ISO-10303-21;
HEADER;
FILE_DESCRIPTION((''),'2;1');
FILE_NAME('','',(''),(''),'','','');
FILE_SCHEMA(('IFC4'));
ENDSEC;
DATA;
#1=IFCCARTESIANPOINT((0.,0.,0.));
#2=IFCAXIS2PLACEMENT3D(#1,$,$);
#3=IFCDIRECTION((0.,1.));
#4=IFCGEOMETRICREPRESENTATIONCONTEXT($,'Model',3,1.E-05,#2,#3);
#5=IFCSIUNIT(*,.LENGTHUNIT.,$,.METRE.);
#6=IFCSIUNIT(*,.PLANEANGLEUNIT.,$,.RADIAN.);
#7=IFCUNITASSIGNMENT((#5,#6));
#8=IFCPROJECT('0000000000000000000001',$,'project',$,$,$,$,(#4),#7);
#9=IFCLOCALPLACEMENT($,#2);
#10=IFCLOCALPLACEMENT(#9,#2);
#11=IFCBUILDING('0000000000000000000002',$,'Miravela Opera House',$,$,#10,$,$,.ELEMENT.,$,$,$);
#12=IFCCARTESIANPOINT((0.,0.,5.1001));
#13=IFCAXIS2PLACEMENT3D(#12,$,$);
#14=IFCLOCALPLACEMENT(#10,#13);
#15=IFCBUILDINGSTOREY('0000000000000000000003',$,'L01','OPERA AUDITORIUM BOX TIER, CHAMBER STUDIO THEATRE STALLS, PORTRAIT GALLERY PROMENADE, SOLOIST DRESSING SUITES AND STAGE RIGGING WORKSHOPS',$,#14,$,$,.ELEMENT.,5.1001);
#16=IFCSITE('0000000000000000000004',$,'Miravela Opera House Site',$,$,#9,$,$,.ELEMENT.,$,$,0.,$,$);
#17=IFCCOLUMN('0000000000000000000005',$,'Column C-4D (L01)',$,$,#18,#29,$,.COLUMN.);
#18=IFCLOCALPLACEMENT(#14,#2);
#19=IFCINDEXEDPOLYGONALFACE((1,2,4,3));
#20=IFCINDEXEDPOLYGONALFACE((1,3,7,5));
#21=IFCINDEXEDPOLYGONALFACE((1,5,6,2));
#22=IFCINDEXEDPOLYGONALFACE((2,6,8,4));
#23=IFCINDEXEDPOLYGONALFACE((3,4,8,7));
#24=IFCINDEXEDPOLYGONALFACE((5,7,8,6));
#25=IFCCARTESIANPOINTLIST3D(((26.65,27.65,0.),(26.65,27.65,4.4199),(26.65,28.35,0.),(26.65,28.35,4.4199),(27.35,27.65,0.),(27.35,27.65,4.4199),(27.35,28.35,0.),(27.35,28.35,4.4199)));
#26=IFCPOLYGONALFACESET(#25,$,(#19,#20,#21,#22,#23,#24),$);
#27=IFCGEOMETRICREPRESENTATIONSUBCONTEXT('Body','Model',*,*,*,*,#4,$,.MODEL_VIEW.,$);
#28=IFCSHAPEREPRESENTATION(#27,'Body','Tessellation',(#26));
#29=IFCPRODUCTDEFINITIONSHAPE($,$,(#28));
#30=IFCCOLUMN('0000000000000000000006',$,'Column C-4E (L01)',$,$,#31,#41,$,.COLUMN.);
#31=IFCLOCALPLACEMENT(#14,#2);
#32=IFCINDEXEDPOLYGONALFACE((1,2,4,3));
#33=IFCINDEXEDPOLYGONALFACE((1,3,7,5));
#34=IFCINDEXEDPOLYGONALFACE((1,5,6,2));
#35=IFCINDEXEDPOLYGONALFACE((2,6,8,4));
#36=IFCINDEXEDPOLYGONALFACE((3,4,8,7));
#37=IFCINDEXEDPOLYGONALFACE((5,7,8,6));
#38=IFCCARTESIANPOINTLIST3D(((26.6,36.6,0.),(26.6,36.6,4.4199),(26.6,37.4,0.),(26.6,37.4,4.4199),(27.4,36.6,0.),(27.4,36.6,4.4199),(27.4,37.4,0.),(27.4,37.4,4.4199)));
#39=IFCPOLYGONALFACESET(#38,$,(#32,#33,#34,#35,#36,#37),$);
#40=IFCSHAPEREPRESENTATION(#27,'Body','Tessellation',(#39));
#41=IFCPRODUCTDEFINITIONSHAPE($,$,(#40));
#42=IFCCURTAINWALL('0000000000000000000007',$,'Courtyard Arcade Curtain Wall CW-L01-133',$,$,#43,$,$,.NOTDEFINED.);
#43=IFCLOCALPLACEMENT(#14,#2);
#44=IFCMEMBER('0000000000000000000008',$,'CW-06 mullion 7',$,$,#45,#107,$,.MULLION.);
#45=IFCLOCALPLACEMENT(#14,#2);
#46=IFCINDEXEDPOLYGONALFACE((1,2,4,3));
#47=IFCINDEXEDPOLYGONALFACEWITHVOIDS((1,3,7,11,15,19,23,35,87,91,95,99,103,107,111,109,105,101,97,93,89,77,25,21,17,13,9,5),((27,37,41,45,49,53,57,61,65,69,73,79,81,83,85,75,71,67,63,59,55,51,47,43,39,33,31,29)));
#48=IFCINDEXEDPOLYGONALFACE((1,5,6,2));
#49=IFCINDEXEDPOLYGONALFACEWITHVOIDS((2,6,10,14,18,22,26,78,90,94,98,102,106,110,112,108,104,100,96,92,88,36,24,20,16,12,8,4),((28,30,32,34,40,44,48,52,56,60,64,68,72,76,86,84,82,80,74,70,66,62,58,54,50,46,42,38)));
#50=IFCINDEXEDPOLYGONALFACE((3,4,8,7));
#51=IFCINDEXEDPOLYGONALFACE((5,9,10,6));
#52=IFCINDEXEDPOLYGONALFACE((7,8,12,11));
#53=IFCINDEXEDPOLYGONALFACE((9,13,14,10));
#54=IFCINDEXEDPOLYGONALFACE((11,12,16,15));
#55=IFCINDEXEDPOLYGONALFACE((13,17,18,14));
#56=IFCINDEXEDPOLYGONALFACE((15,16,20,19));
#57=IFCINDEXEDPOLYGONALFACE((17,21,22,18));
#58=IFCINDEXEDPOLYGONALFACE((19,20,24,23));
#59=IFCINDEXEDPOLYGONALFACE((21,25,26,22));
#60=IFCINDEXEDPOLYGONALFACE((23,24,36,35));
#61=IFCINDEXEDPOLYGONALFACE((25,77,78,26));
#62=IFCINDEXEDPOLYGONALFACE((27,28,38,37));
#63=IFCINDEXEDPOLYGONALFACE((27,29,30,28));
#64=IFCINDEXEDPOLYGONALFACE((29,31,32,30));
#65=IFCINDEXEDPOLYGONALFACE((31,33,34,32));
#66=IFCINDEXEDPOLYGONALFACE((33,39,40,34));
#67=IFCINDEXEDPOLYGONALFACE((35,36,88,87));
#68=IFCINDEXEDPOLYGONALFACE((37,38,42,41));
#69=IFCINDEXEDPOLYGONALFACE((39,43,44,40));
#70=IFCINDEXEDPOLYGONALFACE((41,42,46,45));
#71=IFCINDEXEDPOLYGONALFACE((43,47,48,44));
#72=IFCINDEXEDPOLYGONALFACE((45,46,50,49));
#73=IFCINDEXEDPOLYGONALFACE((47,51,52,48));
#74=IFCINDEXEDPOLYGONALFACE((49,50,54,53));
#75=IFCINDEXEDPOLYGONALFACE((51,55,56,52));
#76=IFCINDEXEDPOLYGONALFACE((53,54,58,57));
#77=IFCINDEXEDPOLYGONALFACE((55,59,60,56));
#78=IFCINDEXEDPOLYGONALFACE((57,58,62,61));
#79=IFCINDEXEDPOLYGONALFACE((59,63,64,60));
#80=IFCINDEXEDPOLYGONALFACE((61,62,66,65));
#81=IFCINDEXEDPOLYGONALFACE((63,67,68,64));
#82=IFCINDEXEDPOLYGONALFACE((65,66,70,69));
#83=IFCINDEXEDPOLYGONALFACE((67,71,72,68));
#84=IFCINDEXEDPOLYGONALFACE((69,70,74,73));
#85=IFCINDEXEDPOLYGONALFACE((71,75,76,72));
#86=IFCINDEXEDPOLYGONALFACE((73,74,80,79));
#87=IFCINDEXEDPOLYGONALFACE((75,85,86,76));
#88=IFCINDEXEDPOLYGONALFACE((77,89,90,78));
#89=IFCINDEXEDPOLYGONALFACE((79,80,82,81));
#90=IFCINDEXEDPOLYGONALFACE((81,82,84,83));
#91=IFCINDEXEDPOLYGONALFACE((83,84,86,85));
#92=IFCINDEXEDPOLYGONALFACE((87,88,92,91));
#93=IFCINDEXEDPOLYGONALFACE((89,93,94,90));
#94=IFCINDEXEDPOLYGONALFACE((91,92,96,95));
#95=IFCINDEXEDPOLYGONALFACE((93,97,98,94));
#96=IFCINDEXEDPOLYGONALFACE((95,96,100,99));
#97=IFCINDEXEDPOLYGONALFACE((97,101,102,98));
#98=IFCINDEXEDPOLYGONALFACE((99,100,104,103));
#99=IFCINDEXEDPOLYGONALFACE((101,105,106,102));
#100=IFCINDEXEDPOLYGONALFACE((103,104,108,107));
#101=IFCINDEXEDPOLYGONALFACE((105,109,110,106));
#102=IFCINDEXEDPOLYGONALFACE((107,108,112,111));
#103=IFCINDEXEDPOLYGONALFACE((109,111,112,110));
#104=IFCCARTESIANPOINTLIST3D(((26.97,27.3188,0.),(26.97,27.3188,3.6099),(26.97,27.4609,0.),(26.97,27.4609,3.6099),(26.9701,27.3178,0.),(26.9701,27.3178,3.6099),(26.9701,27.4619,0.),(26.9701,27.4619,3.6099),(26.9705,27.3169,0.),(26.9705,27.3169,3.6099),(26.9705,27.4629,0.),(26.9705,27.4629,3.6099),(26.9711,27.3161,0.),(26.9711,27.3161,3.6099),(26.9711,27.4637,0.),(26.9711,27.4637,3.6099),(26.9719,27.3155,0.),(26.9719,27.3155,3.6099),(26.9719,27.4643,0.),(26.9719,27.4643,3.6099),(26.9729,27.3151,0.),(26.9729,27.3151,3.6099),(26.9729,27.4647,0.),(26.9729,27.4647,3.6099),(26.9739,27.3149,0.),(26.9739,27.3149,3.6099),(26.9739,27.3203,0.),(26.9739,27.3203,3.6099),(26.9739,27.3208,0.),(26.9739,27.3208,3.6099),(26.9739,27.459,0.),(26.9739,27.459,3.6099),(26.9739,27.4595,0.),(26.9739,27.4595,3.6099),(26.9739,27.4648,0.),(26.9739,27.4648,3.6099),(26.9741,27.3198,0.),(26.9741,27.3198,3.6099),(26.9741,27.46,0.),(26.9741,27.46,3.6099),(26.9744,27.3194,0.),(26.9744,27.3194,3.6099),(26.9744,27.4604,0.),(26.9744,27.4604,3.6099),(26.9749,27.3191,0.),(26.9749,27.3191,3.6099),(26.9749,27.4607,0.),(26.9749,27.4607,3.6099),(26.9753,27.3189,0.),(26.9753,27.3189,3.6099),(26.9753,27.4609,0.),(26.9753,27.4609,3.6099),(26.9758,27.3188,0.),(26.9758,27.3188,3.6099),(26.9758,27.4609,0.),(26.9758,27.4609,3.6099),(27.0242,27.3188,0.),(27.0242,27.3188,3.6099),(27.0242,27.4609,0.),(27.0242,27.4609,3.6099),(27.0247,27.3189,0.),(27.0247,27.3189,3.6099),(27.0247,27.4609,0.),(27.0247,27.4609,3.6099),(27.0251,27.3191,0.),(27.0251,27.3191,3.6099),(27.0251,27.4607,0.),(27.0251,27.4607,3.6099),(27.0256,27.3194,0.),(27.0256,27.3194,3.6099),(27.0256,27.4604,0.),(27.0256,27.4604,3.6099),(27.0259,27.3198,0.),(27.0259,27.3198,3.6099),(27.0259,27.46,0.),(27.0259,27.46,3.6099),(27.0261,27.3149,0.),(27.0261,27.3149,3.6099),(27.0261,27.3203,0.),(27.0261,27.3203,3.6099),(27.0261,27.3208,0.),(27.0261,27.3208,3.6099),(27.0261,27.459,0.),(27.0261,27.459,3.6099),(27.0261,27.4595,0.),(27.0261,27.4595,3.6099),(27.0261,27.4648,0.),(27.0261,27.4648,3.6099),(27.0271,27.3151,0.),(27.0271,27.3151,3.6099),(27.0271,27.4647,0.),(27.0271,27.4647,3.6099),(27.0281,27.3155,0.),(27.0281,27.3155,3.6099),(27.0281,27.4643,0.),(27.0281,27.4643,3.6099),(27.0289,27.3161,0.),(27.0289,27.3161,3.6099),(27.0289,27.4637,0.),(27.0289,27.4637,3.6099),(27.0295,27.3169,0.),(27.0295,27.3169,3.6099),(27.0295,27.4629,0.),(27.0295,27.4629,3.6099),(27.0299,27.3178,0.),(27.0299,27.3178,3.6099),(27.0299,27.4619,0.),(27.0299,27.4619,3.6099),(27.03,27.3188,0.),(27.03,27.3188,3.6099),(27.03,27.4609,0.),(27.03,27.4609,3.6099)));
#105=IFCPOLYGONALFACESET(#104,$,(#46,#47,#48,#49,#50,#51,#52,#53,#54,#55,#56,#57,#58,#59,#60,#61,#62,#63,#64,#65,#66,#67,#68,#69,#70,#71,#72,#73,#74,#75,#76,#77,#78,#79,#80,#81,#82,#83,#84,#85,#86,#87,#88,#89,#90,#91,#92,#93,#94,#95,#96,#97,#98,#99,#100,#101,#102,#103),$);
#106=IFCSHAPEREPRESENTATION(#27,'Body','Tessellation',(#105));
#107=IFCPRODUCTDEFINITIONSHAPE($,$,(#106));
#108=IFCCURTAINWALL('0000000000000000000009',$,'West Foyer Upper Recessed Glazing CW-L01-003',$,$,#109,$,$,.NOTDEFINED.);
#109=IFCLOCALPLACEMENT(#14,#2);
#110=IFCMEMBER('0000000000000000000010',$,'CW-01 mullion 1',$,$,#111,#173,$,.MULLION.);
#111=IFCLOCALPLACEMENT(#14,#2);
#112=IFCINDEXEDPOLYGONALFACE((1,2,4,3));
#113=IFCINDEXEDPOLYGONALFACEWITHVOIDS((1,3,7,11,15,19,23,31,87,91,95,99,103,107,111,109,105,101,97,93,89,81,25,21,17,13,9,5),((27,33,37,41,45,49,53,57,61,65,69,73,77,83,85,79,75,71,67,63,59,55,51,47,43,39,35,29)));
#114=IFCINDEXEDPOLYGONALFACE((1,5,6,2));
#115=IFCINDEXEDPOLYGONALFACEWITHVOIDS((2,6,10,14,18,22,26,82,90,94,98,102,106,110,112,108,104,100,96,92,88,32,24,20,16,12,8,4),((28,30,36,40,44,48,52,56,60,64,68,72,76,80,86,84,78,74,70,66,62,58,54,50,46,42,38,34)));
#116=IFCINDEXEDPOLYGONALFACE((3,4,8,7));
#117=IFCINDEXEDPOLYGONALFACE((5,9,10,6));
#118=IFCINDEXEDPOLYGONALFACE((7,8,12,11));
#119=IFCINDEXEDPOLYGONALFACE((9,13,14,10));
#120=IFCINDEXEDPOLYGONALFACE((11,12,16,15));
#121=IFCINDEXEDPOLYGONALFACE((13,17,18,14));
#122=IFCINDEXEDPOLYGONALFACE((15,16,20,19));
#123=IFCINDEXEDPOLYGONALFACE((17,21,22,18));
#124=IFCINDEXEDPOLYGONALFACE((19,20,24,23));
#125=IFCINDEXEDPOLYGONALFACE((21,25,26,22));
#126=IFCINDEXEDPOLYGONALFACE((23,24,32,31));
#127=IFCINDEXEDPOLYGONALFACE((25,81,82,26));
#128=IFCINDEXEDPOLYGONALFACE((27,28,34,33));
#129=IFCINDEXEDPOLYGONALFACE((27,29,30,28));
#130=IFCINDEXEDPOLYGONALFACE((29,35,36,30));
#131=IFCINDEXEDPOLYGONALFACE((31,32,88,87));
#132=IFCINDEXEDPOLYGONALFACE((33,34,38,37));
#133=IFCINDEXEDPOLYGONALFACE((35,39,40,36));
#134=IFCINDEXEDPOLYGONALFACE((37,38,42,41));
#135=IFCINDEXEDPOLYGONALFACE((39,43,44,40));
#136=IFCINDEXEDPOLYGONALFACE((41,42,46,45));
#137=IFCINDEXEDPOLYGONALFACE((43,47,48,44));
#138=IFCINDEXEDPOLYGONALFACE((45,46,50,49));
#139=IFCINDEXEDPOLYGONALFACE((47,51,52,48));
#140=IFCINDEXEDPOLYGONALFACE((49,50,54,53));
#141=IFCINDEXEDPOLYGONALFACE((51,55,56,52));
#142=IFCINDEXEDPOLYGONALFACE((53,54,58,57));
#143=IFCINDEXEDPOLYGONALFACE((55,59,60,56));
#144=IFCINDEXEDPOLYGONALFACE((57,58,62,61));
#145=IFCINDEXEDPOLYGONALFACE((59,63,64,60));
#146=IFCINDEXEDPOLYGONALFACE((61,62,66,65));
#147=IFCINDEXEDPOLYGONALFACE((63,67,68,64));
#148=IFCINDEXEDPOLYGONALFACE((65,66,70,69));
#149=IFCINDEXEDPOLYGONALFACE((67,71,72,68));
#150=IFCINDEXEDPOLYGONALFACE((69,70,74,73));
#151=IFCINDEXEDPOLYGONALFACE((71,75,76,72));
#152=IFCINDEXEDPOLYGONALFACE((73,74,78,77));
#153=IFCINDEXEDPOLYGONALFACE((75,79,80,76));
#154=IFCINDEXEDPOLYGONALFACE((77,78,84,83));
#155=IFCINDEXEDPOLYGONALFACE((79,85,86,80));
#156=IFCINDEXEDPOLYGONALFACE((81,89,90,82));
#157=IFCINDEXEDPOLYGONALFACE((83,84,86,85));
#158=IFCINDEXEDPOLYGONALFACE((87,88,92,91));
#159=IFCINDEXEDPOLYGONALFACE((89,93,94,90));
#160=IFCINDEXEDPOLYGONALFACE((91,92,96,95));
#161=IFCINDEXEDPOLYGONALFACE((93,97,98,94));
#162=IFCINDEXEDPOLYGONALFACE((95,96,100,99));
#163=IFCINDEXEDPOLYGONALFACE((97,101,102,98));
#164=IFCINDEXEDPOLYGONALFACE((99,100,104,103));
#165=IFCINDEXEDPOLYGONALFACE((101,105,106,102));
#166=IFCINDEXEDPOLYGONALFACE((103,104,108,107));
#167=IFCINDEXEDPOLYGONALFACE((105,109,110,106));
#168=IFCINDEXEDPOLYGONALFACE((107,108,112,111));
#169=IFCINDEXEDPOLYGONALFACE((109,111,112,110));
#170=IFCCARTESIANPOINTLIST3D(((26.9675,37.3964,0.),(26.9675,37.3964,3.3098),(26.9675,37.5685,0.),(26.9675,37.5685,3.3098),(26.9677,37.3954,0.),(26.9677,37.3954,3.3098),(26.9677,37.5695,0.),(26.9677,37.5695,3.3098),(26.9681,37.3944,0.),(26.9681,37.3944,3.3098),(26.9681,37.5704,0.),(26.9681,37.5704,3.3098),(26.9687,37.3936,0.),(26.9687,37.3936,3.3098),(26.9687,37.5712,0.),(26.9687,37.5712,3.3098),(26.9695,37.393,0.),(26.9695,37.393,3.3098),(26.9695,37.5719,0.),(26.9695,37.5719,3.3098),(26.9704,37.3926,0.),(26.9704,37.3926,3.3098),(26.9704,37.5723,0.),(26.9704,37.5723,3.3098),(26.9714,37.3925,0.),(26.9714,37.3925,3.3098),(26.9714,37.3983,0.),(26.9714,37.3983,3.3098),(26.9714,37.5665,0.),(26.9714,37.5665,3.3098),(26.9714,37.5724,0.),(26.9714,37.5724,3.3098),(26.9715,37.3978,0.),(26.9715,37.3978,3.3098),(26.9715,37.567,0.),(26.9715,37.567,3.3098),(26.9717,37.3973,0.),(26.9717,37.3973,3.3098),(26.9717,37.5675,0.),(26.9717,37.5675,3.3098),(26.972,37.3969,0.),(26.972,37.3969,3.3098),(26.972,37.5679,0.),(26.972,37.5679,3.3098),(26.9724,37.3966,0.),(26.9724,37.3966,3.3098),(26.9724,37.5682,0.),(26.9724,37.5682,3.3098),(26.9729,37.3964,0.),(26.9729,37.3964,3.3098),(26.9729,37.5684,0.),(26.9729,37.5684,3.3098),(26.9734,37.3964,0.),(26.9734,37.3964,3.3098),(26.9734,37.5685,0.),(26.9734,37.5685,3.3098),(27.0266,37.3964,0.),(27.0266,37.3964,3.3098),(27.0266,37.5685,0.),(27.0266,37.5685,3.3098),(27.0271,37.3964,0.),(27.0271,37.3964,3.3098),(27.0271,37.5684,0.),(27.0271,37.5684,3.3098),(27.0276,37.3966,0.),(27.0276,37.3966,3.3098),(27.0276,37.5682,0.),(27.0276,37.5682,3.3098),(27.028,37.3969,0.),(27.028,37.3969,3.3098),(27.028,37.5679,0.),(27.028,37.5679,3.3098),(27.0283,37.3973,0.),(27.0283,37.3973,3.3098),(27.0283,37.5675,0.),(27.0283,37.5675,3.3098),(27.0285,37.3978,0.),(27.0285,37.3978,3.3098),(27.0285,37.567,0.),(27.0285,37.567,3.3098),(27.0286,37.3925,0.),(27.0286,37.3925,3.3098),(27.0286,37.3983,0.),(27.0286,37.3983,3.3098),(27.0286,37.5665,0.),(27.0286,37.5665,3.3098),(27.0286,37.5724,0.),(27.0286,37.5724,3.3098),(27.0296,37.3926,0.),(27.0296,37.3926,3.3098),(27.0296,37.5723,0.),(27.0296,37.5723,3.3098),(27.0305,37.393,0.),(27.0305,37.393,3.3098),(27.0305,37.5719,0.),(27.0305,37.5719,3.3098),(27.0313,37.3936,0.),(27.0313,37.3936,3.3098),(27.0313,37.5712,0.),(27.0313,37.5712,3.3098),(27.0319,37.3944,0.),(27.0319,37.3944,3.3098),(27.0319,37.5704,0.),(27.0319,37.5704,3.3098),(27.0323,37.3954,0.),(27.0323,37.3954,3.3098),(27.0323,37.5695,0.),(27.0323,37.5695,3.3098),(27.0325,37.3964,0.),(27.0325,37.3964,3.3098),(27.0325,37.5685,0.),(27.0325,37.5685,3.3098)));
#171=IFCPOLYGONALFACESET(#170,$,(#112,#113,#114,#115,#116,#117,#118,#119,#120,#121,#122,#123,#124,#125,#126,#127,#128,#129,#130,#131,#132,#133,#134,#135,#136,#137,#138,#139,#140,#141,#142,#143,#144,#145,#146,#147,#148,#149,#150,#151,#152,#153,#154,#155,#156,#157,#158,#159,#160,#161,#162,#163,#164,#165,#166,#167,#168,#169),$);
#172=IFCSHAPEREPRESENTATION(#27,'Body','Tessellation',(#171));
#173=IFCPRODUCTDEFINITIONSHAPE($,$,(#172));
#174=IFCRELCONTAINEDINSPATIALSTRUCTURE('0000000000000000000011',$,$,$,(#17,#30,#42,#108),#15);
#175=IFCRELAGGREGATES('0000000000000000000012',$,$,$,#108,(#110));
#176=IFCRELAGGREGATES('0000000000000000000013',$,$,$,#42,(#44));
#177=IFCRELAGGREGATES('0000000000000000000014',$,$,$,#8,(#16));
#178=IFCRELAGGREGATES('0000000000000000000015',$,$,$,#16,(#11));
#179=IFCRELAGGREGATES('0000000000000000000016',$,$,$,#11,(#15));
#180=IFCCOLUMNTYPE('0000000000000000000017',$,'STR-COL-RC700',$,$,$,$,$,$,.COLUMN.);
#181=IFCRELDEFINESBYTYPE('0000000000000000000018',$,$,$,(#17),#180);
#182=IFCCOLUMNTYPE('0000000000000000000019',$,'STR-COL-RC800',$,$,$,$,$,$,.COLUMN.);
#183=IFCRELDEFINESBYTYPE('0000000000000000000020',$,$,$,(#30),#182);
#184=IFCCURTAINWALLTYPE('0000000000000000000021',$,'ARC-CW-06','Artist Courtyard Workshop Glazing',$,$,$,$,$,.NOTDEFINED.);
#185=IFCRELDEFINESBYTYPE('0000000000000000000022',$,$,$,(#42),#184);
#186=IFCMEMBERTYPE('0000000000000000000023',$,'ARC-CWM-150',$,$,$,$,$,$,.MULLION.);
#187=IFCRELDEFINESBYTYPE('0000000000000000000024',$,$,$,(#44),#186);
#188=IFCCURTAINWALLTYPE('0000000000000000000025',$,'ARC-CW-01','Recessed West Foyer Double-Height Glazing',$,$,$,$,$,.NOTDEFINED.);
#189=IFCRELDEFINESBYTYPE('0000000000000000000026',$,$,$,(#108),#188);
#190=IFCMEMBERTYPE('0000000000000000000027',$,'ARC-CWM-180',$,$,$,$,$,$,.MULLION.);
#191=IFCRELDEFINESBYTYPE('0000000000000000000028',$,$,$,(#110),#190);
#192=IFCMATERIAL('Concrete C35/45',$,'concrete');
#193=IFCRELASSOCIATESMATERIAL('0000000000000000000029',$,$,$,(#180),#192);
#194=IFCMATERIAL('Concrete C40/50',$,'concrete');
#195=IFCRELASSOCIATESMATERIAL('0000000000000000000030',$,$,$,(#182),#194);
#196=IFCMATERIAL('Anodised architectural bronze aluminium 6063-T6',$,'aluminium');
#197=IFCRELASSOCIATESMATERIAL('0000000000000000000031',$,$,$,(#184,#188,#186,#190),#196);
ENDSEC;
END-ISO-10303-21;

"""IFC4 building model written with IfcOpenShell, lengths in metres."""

from ifc_helpers import new_model, si_unit, direction, frame, origin, origin_2d, place, context, subcontext, project, spatial, rectangle, hollow_rectangle, extrude, material, material_profile, profile_set, type_object, element, aggregate, save


model = new_model("IFC4")

# Units and contexts
model_context = context("Model", 3, precision=1e-05, world=origin(), true_north=direction((0.0, 1.0)))
body_context = subcontext(model_context, "Body", "Model", "MODEL_VIEW")
ifc_project = project(units=[si_unit("LENGTHUNIT", "METRE"), si_unit("PLANEANGLEUNIT", "RADIAN")], contexts=[model_context])

# Site, building, storey
site_placement = place(None, origin())
site = spatial("IfcSite", under=ifc_project, at=site_placement, Name="Miravela Opera House Site", CompositionType="ELEMENT", RefElevation=0.0)
building_placement = place(site_placement, origin())
building = spatial("IfcBuilding", under=site, at=building_placement, Name="Miravela Opera House", CompositionType="ELEMENT")
storey_placement = place(building_placement, frame((0.0, 0.0, 5.1001)))
storey = spatial("IfcBuildingStorey", under=building, at=storey_placement, Name="L01", Description="OPERA AUDITORIUM BOX TIER, CHAMBER STUDIO THEATRE STALLS, PORTRAIT GALLERY PROMENADE, SOLOIST DRESSING SUITES AND STAGE RIGGING WORKSHOPS", CompositionType="ELEMENT", Elevation=5.1001)

# Columns
ifc_material_1 = material(Name="Concrete C35/45", Category="concrete")
ifc_material_profile_1 = material_profile(ifc_material_1, rectangle(XDim=0.7, YDim=0.7, at=origin_2d()), Name="RC-COL-700X700")
ifc_profile_set_1 = profile_set([ifc_material_profile_1])
column_type_1 = type_object("IfcColumnType", Name="STR-COL-RC700", PredefinedType="COLUMN", material=ifc_profile_set_1)
column_1_placement = place(storey_placement, frame((27.0, 28.0, 0.0), z_axis=(0.0, 0.0, 1.0), x_axis=(1.0, 0.0, 0.0)))
element("IfcColumn", 1, at=column_1_placement, inside=storey, type_object=column_type_1, Name="Column C-4D (L01)", PredefinedType="COLUMN", context=body_context, shape_type="SweptSolid", body=[
    extrude(rectangle(XDim=0.7, YDim=0.7, at=origin_2d()), origin(), (0.0, 0.0, 1.0), 4.4199),
])
ifc_material_2 = material(Name="Concrete C40/50", Category="concrete")
ifc_material_profile_2 = material_profile(ifc_material_2, rectangle(XDim=0.8, YDim=0.8, at=origin_2d()), Name="RC-COL-800X800")
ifc_profile_set_2 = profile_set([ifc_material_profile_2])
column_type_2 = type_object("IfcColumnType", Name="STR-COL-RC800", PredefinedType="COLUMN", material=ifc_profile_set_2)
column_2_placement = place(storey_placement, frame((27.0, 37.0, 0.0), z_axis=(0.0, 0.0, 1.0), x_axis=(1.0, 0.0, 0.0)))
element("IfcColumn", 2, at=column_2_placement, inside=storey, type_object=column_type_2, Name="Column C-4E (L01)", PredefinedType="COLUMN", context=body_context, shape_type="SweptSolid", body=[
    extrude(rectangle(XDim=0.8, YDim=0.8, at=origin_2d()), origin(), (0.0, 0.0, 1.0), 4.4199),
])

# Curtain wall, member
ifc_material_3 = material(Name="Anodised architectural bronze aluminium 6063-T6", Category="aluminium")
curtain_wall_type_1 = type_object("IfcCurtainWallType", Name="ARC-CW-06", Description="Artist Courtyard Workshop Glazing", PredefinedType="NOTDEFINED", material=ifc_material_3)
curtain_wall_1_placement = place(storey_placement, origin())
curtain_wall_1 = element("IfcCurtainWall", 3, at=curtain_wall_1_placement, inside=storey, type_object=curtain_wall_type_1, Name="Courtyard Arcade Curtain Wall CW-L01-133", PredefinedType="NOTDEFINED")
ifc_material_profile_3 = material_profile(ifc_material_3, hollow_rectangle(XDim=0.0601, YDim=0.1499, WallThickness=0.0039, InnerFilletRadius=0.002, OuterFilletRadius=0.0039, at=origin_2d()), Name="CWM-60X150")
ifc_profile_set_3 = profile_set([ifc_material_profile_3])
member_type_1 = type_object("IfcMemberType", Name="ARC-CWM-150", PredefinedType="MULLION", material=ifc_profile_set_3)
member_1_placement = place(storey_placement, frame((27.0, 27.3899, 0.0), z_axis=(0.0, 0.0, 1.0), x_axis=(-1.0, 0.0, 0.0)))
member_1 = element("IfcMember", 4, at=member_1_placement, type_object=member_type_1, Name="CW-06 mullion 7", PredefinedType="MULLION", context=body_context, shape_type="SweptSolid", body=[
    extrude(hollow_rectangle(XDim=0.0601, YDim=0.1499, WallThickness=0.0039, InnerFilletRadius=0.002, OuterFilletRadius=0.0039, at=origin_2d()), origin(), (0.0, 0.0, 1.0), 3.6099),
])

# Curtain wall, member
curtain_wall_type_2 = type_object("IfcCurtainWallType", Name="ARC-CW-01", Description="Recessed West Foyer Double-Height Glazing", PredefinedType="NOTDEFINED", material=ifc_material_3)
curtain_wall_2_placement = place(storey_placement, origin())
curtain_wall_2 = element("IfcCurtainWall", 5, at=curtain_wall_2_placement, inside=storey, type_object=curtain_wall_type_2, Name="West Foyer Upper Recessed Glazing CW-L01-003", PredefinedType="NOTDEFINED")
ifc_material_profile_4 = material_profile(ifc_material_3, hollow_rectangle(XDim=0.0649, YDim=0.1799, WallThickness=0.0039, InnerFilletRadius=0.002, OuterFilletRadius=0.0039, at=origin_2d()), Name="CWM-65X180")
ifc_profile_set_4 = profile_set([ifc_material_profile_4])
member_type_2 = type_object("IfcMemberType", Name="ARC-CWM-180", PredefinedType="MULLION", material=ifc_profile_set_4)
member_2_placement = place(storey_placement, frame((27.0, 37.4824, 0.0), z_axis=(0.0, 0.0, 1.0), x_axis=(-1.0, 0.0, 0.0)))
member_2 = element("IfcMember", 6, at=member_2_placement, type_object=member_type_2, Name="CW-01 mullion 1", PredefinedType="MULLION", context=body_context, shape_type="SweptSolid", body=[
    extrude(hollow_rectangle(XDim=0.0649, YDim=0.1799, WallThickness=0.0039, InnerFilletRadius=0.002, OuterFilletRadius=0.0039, at=origin_2d()), origin(), (0.0, 0.0, 1.0), 3.3098),
])

aggregate(curtain_wall_2, [member_2])
aggregate(curtain_wall_1, [member_1])

save(model, "model.ifc")
